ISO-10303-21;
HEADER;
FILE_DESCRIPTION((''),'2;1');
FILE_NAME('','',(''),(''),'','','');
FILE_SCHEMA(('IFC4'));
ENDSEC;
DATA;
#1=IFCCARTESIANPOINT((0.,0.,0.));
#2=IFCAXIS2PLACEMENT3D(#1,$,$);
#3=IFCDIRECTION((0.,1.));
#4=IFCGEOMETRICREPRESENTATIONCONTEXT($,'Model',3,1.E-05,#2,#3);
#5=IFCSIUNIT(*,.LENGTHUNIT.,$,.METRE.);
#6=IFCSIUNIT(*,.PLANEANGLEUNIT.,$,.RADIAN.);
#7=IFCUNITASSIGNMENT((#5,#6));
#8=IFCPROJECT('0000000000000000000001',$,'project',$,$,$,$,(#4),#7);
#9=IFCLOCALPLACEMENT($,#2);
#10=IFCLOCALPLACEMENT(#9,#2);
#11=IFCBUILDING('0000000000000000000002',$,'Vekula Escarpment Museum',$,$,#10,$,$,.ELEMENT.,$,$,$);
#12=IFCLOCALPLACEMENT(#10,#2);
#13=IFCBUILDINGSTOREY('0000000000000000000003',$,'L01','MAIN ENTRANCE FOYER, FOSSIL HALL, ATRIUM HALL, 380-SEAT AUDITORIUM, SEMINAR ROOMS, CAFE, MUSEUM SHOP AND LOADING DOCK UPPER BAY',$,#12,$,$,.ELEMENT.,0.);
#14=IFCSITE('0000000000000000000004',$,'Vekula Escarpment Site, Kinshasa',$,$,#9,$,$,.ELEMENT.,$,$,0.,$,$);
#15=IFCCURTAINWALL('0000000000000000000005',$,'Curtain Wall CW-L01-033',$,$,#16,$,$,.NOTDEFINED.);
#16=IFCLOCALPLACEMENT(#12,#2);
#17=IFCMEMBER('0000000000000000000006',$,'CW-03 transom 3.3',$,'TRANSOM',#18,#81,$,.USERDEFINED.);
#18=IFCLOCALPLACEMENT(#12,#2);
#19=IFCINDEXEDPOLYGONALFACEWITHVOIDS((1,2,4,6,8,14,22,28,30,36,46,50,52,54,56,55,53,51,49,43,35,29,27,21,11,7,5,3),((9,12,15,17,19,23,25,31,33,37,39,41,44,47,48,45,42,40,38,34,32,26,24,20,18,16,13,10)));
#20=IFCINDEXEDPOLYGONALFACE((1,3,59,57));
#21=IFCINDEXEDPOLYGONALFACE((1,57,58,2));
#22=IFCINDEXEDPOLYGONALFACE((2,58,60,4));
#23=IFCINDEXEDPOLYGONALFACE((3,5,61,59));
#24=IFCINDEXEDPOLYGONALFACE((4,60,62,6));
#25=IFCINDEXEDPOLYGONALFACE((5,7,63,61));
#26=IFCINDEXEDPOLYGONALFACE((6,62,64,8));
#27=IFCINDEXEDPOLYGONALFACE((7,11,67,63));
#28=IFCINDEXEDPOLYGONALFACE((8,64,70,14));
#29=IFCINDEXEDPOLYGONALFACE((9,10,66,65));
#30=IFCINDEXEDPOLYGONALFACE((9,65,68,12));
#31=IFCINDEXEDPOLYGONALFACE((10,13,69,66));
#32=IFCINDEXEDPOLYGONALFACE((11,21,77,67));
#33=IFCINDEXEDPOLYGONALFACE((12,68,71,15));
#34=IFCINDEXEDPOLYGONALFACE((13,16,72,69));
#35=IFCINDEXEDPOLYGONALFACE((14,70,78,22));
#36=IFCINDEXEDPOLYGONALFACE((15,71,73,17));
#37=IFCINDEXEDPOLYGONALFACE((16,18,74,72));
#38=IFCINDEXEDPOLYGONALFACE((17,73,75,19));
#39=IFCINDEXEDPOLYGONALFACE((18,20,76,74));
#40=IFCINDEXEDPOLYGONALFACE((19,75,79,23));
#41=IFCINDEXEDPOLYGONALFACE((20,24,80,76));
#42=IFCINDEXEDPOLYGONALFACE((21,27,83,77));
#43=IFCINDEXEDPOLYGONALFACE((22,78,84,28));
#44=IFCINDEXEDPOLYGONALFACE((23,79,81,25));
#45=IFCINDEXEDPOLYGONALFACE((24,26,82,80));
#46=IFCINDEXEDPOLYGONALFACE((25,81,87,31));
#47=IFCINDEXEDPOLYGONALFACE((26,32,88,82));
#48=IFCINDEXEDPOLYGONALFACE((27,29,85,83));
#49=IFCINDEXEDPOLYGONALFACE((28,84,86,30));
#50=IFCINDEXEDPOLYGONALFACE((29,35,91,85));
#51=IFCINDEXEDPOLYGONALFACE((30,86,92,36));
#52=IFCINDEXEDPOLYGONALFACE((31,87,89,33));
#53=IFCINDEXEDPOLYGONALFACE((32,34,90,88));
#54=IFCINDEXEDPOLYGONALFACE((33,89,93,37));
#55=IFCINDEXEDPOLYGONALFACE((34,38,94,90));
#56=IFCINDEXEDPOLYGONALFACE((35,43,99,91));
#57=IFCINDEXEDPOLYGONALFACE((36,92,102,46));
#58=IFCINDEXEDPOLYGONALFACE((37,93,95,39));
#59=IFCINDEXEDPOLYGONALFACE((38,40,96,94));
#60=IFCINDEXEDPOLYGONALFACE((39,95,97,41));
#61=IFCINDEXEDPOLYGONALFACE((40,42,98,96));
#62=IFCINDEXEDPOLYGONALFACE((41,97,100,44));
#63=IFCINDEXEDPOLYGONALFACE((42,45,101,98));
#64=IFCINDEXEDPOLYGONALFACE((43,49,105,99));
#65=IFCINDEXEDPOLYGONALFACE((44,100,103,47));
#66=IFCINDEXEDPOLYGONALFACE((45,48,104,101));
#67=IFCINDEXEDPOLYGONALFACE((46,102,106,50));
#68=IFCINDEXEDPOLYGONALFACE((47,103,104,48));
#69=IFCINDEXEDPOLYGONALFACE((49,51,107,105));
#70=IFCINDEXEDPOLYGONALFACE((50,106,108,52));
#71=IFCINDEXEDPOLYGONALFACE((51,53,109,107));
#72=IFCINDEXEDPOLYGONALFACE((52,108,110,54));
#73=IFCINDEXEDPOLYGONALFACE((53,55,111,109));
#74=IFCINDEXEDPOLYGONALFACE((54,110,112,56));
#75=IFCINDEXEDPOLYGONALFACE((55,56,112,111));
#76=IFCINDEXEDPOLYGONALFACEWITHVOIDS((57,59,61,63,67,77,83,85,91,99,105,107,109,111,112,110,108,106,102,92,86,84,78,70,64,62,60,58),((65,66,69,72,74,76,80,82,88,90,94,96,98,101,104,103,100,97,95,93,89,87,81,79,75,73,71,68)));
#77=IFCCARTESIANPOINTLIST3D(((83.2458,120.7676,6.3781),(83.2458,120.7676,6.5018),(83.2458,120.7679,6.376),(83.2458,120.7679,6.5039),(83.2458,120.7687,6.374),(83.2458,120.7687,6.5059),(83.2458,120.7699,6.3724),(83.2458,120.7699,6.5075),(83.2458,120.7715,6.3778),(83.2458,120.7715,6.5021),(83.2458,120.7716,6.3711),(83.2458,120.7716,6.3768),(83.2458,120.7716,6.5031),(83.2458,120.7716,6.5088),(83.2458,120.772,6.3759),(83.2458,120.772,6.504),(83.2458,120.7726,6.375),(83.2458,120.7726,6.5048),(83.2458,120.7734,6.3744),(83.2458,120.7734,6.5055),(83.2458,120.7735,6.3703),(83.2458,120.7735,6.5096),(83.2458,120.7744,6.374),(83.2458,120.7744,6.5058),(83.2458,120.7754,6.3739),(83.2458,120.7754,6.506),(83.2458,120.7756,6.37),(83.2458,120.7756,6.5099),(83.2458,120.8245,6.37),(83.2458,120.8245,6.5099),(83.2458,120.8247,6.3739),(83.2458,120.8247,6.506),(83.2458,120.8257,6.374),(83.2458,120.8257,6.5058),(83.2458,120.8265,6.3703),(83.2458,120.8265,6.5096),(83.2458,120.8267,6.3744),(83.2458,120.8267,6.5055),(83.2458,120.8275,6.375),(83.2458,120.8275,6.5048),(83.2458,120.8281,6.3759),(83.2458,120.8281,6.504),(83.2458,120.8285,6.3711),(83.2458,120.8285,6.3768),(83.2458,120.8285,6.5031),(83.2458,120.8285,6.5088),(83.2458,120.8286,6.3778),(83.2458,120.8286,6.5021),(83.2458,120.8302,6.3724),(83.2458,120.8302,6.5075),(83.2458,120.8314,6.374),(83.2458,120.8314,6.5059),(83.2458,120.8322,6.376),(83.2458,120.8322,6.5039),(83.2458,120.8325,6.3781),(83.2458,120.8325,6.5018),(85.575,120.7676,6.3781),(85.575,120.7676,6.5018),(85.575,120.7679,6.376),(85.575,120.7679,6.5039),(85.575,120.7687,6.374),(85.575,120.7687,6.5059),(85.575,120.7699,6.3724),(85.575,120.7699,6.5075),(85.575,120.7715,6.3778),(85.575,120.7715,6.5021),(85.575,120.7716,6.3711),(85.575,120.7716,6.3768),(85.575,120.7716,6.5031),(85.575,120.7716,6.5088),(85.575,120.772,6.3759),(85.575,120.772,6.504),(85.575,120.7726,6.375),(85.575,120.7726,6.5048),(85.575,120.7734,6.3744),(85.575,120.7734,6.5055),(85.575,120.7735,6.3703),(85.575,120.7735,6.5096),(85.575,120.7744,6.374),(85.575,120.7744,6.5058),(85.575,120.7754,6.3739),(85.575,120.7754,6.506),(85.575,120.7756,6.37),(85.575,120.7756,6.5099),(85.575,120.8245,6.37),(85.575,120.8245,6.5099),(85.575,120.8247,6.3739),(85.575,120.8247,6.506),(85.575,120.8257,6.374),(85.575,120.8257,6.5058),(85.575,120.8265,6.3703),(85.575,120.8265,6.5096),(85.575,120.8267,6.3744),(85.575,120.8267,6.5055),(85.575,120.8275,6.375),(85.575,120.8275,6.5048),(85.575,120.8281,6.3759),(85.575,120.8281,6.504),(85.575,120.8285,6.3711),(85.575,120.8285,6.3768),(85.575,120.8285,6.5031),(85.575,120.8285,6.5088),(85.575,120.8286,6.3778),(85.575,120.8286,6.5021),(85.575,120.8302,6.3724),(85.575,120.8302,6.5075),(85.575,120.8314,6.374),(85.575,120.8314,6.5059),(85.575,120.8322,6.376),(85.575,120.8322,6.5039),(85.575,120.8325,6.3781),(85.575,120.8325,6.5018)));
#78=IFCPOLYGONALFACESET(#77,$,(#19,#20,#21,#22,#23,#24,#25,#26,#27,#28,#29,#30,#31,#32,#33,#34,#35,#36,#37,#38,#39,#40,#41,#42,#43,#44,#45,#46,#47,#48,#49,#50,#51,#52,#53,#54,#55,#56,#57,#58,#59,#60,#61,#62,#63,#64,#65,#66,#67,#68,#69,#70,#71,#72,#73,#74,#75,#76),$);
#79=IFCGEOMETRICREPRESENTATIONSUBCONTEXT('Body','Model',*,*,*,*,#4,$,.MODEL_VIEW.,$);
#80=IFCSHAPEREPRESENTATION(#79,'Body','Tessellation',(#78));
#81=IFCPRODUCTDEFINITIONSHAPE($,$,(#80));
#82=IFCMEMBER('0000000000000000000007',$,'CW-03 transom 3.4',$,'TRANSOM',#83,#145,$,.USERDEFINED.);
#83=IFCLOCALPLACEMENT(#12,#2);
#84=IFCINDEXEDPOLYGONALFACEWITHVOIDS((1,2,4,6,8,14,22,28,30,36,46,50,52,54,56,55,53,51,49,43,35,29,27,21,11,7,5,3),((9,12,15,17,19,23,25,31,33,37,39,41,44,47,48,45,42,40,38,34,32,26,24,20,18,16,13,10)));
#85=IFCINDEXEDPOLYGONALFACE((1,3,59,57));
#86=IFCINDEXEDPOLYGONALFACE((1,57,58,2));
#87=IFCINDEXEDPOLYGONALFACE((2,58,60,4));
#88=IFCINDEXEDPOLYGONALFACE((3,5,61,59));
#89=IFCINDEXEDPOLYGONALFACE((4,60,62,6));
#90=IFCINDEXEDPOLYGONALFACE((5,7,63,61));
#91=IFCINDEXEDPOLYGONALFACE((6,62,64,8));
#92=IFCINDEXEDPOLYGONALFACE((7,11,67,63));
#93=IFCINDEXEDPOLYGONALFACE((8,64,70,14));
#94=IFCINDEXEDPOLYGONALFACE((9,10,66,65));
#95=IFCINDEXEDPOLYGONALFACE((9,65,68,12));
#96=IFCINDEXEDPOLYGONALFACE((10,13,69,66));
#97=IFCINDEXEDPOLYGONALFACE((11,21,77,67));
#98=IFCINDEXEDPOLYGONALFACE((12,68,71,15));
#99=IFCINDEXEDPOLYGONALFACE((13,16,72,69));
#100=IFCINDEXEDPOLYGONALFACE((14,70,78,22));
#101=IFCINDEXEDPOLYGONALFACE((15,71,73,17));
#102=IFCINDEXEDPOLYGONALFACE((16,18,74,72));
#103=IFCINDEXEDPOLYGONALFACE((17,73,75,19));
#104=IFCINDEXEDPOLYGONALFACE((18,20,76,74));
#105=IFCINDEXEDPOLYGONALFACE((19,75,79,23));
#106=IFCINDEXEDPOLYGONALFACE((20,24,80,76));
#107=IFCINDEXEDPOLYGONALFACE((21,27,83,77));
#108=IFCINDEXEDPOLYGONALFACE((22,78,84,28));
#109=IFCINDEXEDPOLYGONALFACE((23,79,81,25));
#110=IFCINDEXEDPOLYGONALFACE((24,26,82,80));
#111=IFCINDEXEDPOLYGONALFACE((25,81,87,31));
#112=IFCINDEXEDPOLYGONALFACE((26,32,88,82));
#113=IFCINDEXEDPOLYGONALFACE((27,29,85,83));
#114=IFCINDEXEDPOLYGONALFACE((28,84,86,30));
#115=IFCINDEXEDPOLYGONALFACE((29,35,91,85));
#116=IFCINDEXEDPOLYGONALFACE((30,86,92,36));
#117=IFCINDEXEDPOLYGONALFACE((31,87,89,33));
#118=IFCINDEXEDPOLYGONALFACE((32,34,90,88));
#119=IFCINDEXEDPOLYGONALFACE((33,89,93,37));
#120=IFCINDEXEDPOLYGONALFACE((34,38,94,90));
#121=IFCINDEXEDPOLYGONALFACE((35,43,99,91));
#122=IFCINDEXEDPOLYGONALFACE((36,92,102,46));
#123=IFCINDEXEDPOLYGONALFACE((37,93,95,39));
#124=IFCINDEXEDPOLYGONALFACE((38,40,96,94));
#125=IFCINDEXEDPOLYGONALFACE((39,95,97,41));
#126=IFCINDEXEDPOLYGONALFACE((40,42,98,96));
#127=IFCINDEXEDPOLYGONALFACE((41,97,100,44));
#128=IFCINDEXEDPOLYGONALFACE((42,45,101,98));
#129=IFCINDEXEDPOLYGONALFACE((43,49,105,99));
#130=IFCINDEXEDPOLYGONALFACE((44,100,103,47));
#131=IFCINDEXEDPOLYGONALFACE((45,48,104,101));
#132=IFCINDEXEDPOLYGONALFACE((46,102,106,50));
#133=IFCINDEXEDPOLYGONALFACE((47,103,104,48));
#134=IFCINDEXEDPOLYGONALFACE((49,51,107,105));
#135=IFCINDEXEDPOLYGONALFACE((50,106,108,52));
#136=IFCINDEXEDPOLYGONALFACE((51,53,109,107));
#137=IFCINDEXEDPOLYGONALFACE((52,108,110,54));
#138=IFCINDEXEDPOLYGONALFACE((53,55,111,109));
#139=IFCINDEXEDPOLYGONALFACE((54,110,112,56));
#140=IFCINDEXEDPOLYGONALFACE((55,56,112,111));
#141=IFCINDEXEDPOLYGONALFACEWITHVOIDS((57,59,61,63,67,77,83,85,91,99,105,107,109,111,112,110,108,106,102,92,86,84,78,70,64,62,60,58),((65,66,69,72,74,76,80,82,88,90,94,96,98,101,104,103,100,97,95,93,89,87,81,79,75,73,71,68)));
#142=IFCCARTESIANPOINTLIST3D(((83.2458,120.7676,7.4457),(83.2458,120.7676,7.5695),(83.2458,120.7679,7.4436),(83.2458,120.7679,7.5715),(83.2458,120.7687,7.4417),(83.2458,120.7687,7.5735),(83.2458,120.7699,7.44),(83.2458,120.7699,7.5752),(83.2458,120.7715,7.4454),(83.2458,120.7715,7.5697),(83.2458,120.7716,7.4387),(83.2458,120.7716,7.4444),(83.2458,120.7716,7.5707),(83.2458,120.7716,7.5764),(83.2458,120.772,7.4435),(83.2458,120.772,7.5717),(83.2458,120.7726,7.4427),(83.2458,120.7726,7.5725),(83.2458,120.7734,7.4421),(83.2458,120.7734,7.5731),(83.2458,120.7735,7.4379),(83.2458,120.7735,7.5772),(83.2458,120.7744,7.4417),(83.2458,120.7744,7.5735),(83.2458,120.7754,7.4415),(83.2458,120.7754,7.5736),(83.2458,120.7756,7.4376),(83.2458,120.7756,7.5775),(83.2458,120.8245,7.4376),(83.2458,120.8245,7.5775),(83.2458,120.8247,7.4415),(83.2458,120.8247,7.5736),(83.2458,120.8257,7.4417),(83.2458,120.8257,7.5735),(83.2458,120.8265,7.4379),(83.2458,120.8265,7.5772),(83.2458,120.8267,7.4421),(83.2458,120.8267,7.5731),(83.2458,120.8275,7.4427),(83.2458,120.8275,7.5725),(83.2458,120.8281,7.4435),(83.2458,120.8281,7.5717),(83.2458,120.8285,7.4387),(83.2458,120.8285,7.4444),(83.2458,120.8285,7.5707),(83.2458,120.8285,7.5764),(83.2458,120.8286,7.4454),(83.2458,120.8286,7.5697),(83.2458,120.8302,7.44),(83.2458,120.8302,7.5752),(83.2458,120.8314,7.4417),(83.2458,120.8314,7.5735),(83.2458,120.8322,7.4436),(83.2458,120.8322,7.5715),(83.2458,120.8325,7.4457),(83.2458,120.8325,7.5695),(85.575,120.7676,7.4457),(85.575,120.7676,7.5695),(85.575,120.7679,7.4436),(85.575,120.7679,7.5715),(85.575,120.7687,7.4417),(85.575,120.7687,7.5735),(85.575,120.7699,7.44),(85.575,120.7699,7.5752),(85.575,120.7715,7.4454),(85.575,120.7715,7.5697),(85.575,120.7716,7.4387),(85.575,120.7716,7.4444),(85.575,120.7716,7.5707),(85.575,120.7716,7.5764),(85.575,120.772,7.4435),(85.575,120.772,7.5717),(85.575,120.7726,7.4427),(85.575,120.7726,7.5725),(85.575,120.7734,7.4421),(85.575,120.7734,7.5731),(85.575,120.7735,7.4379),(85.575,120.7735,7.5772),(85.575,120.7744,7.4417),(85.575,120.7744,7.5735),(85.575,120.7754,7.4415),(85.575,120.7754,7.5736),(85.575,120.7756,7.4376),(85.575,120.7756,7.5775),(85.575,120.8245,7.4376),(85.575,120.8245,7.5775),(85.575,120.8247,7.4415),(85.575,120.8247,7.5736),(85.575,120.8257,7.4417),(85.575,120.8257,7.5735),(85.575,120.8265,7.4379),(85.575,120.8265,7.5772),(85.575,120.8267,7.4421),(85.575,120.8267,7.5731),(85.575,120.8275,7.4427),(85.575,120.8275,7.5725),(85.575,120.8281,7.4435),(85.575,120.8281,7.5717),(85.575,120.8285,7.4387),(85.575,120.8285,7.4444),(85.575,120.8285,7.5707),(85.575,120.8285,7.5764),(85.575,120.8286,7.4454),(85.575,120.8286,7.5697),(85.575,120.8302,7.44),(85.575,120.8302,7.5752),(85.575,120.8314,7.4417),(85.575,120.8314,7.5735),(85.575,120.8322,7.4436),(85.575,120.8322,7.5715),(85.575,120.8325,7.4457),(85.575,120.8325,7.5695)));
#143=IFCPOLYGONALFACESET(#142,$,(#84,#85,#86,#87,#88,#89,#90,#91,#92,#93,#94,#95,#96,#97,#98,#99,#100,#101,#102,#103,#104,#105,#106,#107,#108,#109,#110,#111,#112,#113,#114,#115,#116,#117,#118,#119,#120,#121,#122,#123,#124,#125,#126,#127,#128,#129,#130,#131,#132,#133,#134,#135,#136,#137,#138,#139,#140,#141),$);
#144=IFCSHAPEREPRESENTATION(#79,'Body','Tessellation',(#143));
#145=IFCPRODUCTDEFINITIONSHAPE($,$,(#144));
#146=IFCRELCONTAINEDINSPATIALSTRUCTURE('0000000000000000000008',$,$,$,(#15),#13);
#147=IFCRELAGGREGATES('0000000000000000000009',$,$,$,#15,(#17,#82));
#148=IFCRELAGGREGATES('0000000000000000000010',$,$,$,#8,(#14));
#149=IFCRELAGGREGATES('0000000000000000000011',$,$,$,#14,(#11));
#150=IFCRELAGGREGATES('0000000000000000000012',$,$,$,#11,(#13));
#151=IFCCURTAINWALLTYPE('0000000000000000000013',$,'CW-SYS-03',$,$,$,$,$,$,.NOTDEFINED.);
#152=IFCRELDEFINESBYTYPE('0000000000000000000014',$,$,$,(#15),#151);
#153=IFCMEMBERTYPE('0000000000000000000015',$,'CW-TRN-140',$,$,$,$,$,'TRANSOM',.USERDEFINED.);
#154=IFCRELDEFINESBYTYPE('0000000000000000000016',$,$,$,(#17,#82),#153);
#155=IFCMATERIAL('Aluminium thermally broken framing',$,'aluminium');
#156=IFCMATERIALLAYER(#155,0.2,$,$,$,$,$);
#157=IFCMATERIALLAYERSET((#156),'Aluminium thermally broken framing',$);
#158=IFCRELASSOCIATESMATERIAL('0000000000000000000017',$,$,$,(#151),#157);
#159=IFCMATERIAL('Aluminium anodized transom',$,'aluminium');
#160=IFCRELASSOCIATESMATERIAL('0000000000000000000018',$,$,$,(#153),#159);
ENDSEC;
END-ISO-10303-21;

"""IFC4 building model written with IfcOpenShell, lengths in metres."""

from ifc_helpers import new_model, si_unit, direction, frame, origin, origin_2d, place, context, subcontext, project, spatial, hollow_rectangle, extrude, material, layer, layer_set, material_profile, profile_set, type_object, element, aggregate, save


model = new_model("IFC4")

# Units and contexts
model_context = context("Model", 3, precision=1e-05, world=origin(), true_north=direction((0.0, 1.0)))
body_context = subcontext(model_context, "Body", "Model", "MODEL_VIEW")
ifc_project = project(units=[si_unit("LENGTHUNIT", "METRE"), si_unit("PLANEANGLEUNIT", "RADIAN")], contexts=[model_context])

# Site, building, storey
site_placement = place(None, origin())
site = spatial("IfcSite", under=ifc_project, at=site_placement, Name="Vekula Escarpment Site, Kinshasa", CompositionType="ELEMENT", RefElevation=0.0)
building_placement = place(site_placement, origin())
building = spatial("IfcBuilding", under=site, at=building_placement, Name="Vekula Escarpment Museum", CompositionType="ELEMENT")
storey_placement = place(building_placement, origin())
storey = spatial("IfcBuildingStorey", under=building, at=storey_placement, Name="L01", Description="MAIN ENTRANCE FOYER, FOSSIL HALL, ATRIUM HALL, 380-SEAT AUDITORIUM, SEMINAR ROOMS, CAFE, MUSEUM SHOP AND LOADING DOCK UPPER BAY", CompositionType="ELEMENT", Elevation=0.0)

# Curtain wall
ifc_material_1 = material(Name="Aluminium thermally broken framing", Category="aluminium")
ifc_layer_1 = layer(ifc_material_1, 0.2)
ifc_layer_set_1 = layer_set([ifc_layer_1], Name="Aluminium thermally broken framing")
curtain_wall_type_1 = type_object("IfcCurtainWallType", Name="CW-SYS-03", PredefinedType="NOTDEFINED", material=ifc_layer_set_1)
curtain_wall_1_placement = place(storey_placement, origin())
curtain_wall_1 = element("IfcCurtainWall", 1, at=curtain_wall_1_placement, inside=storey, type_object=curtain_wall_type_1, Name="Curtain Wall CW-L01-033", PredefinedType="NOTDEFINED")

# Members
ifc_material_2 = material(Name="Aluminium anodized transom", Category="aluminium")
ifc_material_profile_1 = material_profile(ifc_material_2, hollow_rectangle(XDim=0.0649, YDim=0.1399, WallThickness=0.0039, InnerFilletRadius=0.0039, OuterFilletRadius=0.0081, at=origin_2d()), Name="ALU 140x65x4")
ifc_profile_set_1 = profile_set([ifc_material_profile_1], Name="Aluminium anodized transom")
member_type_1 = type_object("IfcMemberType", Name="CW-TRN-140", ElementType="TRANSOM", PredefinedType="USERDEFINED", material=ifc_profile_set_1)
member_1_placement = place(storey_placement, frame((83.2458, 120.8, 6.4399), z_axis=(1.0, 0.0, 0.0), x_axis=(0.0, 1.0, 0.0)))
member_1 = element("IfcMember", 2, at=member_1_placement, type_object=member_type_1, Name="CW-03 transom 3.3", ObjectType="TRANSOM", PredefinedType="USERDEFINED", context=body_context, shape_type="SweptSolid", body=[
    extrude(hollow_rectangle(XDim=0.0649, YDim=0.1399, WallThickness=0.0039, InnerFilletRadius=0.0039, OuterFilletRadius=0.0081, at=origin_2d()), origin(), (0.0, 0.0, 1.0), 2.3291),
])
member_2_placement = place(storey_placement, frame((83.2458, 120.8, 7.5076), z_axis=(1.0, 0.0, 0.0), x_axis=(0.0, 1.0, 0.0)))
member_2 = element("IfcMember", 3, at=member_2_placement, type_object=member_type_1, Name="CW-03 transom 3.4", ObjectType="TRANSOM", PredefinedType="USERDEFINED", context=body_context, shape_type="SweptSolid", body=[
    extrude(hollow_rectangle(XDim=0.0649, YDim=0.1399, WallThickness=0.0039, InnerFilletRadius=0.0039, OuterFilletRadius=0.0081, at=origin_2d()), origin(), (0.0, 0.0, 1.0), 2.3291),
])

aggregate(curtain_wall_1, [member_1, member_2])

save(model, "model.ifc")
